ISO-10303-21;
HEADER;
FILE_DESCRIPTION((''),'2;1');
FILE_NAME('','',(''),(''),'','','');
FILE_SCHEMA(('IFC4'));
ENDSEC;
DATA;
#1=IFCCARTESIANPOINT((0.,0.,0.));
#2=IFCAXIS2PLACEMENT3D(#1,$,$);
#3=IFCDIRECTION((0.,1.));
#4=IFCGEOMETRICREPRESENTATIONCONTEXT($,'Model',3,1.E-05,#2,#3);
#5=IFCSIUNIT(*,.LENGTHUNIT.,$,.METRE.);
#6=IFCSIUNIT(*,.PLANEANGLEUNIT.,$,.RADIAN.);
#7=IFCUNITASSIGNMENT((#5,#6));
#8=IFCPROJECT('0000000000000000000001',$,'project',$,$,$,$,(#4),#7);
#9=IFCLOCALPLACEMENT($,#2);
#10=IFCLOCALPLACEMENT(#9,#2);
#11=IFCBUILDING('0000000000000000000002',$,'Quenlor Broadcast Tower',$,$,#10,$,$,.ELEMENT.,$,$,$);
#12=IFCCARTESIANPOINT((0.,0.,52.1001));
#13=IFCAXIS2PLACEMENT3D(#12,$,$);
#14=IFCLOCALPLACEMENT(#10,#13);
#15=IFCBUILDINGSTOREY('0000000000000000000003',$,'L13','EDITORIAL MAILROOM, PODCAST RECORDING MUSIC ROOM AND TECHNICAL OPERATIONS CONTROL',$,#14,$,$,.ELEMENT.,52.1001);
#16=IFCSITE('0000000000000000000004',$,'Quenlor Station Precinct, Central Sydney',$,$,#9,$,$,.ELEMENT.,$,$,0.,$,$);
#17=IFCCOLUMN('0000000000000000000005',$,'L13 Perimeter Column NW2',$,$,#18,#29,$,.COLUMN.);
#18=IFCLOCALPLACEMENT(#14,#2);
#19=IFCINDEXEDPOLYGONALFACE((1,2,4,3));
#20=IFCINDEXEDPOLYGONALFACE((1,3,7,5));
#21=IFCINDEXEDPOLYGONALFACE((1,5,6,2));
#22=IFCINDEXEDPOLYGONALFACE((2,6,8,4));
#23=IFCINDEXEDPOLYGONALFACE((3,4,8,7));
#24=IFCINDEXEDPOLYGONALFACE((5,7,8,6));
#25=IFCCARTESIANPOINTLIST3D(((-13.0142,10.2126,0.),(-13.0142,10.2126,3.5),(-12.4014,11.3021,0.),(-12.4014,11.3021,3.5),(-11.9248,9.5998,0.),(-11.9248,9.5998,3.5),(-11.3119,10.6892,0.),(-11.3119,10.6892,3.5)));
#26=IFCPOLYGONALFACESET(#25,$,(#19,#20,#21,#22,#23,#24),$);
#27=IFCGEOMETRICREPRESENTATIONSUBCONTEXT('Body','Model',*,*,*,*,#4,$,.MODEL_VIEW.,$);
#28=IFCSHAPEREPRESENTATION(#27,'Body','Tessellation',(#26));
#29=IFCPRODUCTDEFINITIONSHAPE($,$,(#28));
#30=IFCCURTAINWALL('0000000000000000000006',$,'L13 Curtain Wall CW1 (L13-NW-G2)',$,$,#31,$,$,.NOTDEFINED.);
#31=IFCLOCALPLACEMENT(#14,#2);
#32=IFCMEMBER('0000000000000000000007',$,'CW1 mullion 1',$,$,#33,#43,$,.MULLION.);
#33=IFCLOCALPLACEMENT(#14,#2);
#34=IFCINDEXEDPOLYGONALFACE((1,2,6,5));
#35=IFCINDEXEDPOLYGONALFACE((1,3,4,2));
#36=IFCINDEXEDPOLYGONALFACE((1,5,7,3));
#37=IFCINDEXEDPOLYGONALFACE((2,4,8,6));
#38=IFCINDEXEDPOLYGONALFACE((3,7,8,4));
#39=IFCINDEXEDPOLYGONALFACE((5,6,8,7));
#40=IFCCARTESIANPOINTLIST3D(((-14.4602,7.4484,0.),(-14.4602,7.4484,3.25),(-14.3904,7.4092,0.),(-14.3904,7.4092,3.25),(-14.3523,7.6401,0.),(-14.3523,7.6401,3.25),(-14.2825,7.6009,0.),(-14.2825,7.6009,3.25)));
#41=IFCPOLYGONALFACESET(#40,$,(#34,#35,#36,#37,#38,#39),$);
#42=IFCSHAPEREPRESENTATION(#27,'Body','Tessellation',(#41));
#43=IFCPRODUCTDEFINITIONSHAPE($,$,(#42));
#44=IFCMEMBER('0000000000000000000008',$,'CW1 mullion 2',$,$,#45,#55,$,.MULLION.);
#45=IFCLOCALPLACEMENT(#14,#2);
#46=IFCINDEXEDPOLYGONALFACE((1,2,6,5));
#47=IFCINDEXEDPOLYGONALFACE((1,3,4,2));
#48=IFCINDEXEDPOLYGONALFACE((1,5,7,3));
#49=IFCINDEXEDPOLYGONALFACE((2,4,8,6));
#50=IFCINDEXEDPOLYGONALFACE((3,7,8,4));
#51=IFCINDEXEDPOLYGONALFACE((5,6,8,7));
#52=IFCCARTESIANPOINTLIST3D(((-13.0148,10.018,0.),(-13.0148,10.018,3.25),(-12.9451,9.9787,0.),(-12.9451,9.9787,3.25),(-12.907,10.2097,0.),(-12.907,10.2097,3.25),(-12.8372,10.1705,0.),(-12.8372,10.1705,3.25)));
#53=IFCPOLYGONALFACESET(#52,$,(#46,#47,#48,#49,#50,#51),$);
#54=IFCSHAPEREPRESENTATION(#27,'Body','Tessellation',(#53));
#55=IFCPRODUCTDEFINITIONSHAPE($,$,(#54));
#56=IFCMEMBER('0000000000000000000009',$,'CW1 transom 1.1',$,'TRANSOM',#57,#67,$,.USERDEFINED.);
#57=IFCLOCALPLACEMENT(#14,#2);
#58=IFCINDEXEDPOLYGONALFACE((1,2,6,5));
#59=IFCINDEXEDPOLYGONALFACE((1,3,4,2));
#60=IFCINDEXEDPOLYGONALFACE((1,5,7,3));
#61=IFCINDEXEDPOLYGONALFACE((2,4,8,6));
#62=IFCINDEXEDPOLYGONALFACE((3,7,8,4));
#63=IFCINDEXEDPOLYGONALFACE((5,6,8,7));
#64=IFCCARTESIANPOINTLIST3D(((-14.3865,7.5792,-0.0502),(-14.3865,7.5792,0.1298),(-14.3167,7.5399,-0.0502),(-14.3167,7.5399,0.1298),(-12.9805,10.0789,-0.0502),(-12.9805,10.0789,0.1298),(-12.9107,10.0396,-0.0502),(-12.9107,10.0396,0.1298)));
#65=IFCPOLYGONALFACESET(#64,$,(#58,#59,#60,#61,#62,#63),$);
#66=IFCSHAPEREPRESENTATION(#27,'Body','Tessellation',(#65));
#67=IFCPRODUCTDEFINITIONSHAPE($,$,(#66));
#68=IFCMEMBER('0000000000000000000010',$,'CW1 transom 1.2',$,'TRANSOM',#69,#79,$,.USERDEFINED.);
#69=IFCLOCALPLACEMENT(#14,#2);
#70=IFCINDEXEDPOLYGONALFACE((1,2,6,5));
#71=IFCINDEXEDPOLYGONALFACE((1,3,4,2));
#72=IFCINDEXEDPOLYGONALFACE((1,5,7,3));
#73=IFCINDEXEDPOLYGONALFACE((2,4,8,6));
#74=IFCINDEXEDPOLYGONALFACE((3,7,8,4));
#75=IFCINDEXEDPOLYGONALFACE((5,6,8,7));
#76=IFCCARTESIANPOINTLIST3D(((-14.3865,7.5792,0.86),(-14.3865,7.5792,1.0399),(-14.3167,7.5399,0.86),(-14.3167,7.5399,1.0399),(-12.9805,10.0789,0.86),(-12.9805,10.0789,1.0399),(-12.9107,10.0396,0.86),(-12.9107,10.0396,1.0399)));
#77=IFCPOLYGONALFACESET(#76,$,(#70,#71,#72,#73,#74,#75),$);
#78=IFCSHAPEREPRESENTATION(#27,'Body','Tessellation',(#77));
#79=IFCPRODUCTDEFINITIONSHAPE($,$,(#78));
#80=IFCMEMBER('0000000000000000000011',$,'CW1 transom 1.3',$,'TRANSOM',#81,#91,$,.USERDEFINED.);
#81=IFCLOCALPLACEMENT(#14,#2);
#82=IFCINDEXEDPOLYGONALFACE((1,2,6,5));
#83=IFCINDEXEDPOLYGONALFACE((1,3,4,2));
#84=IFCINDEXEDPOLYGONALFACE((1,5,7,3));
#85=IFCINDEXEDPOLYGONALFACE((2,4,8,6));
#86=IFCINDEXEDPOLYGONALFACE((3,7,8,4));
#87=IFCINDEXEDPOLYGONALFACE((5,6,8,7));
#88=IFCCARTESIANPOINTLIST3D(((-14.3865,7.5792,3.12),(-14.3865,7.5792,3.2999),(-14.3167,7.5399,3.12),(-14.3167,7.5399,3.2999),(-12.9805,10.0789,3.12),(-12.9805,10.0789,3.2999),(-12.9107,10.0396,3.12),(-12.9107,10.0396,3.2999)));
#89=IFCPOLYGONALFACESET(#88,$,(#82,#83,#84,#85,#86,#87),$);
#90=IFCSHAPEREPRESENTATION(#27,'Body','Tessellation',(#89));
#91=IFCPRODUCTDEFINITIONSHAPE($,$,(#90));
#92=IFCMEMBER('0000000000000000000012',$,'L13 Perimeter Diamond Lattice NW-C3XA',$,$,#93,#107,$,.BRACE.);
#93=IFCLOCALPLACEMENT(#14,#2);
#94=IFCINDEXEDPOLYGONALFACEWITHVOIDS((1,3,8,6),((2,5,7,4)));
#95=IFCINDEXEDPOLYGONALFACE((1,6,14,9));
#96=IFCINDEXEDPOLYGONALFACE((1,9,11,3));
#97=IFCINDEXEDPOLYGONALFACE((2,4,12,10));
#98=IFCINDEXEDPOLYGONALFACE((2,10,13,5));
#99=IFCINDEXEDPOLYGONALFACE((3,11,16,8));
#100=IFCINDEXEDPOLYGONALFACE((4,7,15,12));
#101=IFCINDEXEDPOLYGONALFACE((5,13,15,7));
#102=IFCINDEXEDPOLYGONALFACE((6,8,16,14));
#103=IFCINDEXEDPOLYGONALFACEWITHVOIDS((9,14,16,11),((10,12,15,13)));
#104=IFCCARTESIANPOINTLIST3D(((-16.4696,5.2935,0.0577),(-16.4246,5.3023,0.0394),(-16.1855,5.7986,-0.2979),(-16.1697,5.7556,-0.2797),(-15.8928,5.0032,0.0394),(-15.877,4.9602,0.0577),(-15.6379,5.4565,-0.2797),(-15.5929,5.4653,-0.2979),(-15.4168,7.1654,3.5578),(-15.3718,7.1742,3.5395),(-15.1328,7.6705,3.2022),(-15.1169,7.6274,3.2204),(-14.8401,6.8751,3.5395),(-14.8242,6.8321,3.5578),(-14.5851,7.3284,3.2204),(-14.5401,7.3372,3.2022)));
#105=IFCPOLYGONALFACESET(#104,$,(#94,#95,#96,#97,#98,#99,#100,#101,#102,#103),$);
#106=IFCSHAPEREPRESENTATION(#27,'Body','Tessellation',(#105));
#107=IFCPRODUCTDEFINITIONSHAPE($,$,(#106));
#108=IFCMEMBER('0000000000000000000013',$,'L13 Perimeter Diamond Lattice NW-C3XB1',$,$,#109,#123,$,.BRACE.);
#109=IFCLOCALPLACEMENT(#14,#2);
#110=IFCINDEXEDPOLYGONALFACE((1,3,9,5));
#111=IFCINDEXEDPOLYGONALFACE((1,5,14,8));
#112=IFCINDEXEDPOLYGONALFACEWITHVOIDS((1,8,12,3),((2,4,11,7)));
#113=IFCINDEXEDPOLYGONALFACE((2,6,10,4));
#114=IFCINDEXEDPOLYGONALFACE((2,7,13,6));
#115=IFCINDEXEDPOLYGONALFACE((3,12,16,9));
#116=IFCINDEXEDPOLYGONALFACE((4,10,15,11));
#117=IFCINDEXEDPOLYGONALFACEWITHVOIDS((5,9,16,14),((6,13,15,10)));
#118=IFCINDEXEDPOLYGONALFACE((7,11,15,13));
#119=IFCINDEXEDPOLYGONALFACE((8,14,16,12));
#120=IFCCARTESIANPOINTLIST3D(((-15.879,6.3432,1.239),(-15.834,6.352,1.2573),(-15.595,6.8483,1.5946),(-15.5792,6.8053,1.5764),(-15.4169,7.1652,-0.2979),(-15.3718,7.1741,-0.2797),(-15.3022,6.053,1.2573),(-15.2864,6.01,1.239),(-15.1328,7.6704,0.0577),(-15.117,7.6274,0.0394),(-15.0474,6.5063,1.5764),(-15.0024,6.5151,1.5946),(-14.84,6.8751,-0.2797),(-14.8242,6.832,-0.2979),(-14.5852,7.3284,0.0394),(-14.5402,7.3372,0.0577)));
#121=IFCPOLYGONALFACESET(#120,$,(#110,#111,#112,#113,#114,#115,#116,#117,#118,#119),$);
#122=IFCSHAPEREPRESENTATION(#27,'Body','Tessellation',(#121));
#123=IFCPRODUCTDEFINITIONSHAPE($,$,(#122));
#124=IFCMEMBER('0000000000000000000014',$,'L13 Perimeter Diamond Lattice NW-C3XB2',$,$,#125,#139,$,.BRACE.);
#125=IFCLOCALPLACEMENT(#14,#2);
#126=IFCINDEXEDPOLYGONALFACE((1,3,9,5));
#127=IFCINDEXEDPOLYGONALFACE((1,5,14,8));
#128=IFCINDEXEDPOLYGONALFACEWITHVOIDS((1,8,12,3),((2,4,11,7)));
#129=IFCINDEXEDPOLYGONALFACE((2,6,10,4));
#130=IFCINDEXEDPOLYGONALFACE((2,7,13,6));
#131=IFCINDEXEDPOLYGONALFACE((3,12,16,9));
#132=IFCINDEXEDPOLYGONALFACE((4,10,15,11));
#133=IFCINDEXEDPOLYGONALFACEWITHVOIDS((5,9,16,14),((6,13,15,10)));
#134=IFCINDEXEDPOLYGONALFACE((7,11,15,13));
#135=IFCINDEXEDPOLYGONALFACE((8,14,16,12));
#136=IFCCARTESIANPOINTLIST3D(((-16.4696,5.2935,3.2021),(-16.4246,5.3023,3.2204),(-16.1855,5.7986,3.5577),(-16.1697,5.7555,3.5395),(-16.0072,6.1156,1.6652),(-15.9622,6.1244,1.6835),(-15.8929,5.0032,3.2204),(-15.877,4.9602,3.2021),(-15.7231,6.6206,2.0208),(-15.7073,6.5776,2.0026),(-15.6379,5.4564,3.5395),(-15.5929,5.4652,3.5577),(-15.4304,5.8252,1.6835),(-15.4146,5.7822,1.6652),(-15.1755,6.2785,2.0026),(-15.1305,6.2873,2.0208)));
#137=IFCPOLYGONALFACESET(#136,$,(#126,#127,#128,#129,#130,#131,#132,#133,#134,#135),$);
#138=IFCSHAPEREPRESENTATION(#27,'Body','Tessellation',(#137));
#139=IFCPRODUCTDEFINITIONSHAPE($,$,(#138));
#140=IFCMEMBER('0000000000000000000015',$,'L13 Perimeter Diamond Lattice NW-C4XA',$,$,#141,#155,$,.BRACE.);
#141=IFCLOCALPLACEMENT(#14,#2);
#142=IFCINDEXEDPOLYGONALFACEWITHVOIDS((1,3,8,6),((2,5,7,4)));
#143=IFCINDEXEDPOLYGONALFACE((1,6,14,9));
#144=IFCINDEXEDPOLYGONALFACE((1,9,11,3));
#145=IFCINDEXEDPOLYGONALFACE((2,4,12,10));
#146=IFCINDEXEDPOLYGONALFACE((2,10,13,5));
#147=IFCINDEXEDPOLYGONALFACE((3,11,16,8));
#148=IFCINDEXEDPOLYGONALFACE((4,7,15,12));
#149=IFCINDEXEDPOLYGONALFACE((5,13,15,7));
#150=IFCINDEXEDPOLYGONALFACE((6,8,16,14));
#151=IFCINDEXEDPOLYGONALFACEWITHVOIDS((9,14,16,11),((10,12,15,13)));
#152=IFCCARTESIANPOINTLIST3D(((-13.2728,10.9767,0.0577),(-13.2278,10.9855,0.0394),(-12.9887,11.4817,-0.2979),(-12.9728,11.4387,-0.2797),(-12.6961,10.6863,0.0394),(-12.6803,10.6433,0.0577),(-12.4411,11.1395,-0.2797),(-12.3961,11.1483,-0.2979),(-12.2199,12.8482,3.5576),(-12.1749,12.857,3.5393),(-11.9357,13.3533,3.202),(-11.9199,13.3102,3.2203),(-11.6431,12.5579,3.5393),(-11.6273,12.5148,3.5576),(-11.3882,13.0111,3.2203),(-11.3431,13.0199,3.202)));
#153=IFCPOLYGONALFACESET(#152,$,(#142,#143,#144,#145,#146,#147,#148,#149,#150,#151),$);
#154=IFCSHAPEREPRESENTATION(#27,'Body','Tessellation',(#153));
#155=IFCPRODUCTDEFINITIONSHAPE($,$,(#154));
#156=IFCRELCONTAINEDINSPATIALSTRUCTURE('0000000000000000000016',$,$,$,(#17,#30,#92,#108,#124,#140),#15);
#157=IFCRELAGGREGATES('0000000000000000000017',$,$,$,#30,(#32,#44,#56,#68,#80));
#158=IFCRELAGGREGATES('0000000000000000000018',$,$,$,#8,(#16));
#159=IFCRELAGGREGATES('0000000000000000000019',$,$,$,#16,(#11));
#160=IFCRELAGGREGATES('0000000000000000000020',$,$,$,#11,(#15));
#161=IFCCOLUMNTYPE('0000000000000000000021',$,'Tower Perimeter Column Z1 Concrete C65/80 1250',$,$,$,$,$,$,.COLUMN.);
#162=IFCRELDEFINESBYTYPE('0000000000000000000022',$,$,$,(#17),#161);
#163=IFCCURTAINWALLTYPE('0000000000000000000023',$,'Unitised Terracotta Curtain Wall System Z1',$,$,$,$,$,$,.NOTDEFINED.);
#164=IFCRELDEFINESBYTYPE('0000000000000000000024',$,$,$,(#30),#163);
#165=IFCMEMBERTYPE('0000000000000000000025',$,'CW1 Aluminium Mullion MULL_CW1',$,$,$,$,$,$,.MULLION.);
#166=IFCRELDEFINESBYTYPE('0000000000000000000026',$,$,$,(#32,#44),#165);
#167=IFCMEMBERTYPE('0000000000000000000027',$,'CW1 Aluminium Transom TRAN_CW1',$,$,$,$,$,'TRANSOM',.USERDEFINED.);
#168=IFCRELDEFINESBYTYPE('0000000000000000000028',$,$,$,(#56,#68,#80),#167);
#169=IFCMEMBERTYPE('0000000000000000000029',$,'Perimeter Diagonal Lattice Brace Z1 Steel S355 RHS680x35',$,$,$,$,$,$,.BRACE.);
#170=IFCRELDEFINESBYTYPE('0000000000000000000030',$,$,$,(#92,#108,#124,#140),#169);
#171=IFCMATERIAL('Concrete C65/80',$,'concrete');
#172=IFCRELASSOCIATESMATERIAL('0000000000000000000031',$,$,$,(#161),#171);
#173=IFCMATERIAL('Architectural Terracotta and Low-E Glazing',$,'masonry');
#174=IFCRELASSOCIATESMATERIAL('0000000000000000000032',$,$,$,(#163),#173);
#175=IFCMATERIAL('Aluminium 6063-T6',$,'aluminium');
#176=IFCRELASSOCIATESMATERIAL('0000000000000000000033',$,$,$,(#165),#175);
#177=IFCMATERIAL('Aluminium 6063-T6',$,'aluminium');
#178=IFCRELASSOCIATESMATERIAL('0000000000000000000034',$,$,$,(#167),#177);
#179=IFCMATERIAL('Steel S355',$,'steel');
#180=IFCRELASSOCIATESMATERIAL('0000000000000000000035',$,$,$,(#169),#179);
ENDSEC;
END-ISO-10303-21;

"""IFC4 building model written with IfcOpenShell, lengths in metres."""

from ifc_helpers import new_model, si_unit, direction, frame, origin, origin_2d, place, context, subcontext, project, spatial, rectangle, hollow_rectangle, extrude, material, material_profile, profile_set, type_object, element, aggregate, save


model = new_model("IFC4")

# Units and contexts
model_context = context("Model", 3, precision=1e-05, world=origin(), true_north=direction((0.0, 1.0)))
body_context = subcontext(model_context, "Body", "Model", "MODEL_VIEW")
ifc_project = project(units=[si_unit("LENGTHUNIT", "METRE"), si_unit("PLANEANGLEUNIT", "RADIAN")], contexts=[model_context])

# Site, building, storey
site_placement = place(None, origin())
site = spatial("IfcSite", under=ifc_project, at=site_placement, Name="Quenlor Station Precinct, Central Sydney", CompositionType="ELEMENT", RefElevation=0.0)
building_placement = place(site_placement, origin())
building = spatial("IfcBuilding", under=site, at=building_placement, Name="Quenlor Broadcast Tower", CompositionType="ELEMENT")
storey_placement = place(building_placement, frame((0.0, 0.0, 52.1001)))
storey = spatial("IfcBuildingStorey", under=building, at=storey_placement, Name="L13", Description="EDITORIAL MAILROOM, PODCAST RECORDING MUSIC ROOM AND TECHNICAL OPERATIONS CONTROL", CompositionType="ELEMENT", Elevation=52.1001)

# Column
ifc_material_1 = material(Name="Concrete C65/80", Category="concrete")
ifc_material_profile_1 = material_profile(ifc_material_1, rectangle(XDim=1.25, YDim=1.25, at=origin_2d()))
ifc_profile_set_1 = profile_set([ifc_material_profile_1], Name="Concrete C65/80 RC1250x1250")
column_type = type_object("IfcColumnType", Name="Tower Perimeter Column Z1 Concrete C65/80 1250", PredefinedType="COLUMN", material=ifc_profile_set_1)
column_placement = place(storey_placement, frame((-12.1631, 10.4509, 0.0), z_axis=(0.0, 0.0, 1.0), x_axis=(-0.871575, 0.490262, 0.0)))
element("IfcColumn", 1, at=column_placement, inside=storey, type_object=column_type, Name="L13 Perimeter Column NW2", PredefinedType="COLUMN", context=body_context, shape_type="SweptSolid", body=[
    extrude(rectangle(XDim=1.25, YDim=1.25, at=origin_2d()), origin(), (0.0, 0.0, 1.0), 3.5),
])

# Curtain wall, members
ifc_material_2 = material(Name="Architectural Terracotta and Low-E Glazing", Category="masonry")
curtain_wall_type = type_object("IfcCurtainWallType", Name="Unitised Terracotta Curtain Wall System Z1", PredefinedType="NOTDEFINED", material=ifc_material_2)
curtain_wall_placement = place(storey_placement, origin())
curtain_wall = element("IfcCurtainWall", 2, at=curtain_wall_placement, inside=storey, type_object=curtain_wall_type, Name="L13 Curtain Wall CW1 (L13-NW-G2)", PredefinedType="NOTDEFINED")
ifc_material_3 = material(Name="Aluminium 6063-T6", Category="aluminium")
ifc_material_profile_2 = material_profile(ifc_material_3, rectangle(XDim=0.0801, YDim=0.22, at=origin_2d()))
ifc_profile_set_2 = profile_set([ifc_material_profile_2], Name="Aluminium 6063-T6 MULL80x220")
member_type_1 = type_object("IfcMemberType", Name="CW1 Aluminium Mullion MULL_CW1", PredefinedType="MULLION", material=ifc_profile_set_2)
member_1_placement = place(storey_placement, frame((-14.3713, 7.5247, 0.0), z_axis=(0.0, 0.0, 1.0), x_axis=(-0.871568, 0.490274, 0.0)))
member_1 = element("IfcMember", 3, at=member_1_placement, type_object=member_type_1, Name="CW1 mullion 1", PredefinedType="MULLION", context=body_context, shape_type="SweptSolid", body=[
    extrude(rectangle(XDim=0.0801, YDim=0.22, at=origin_2d()), origin(), (0.0, 0.0, 1.0), 3.25),
])
member_2_placement = place(storey_placement, frame((-12.926, 10.0942, 0.0), z_axis=(0.0, 0.0, 1.0), x_axis=(-0.871568, 0.490274, 0.0)))
member_2 = element("IfcMember", 4, at=member_2_placement, type_object=member_type_1, Name="CW1 mullion 2", PredefinedType="MULLION", context=body_context, shape_type="SweptSolid", body=[
    extrude(rectangle(XDim=0.0801, YDim=0.22, at=origin_2d()), origin(), (0.0, 0.0, 1.0), 3.25),
])
ifc_material_4 = material(Name="Aluminium 6063-T6", Category="aluminium")
ifc_material_profile_3 = material_profile(ifc_material_4, rectangle(XDim=0.0801, YDim=0.1799, at=origin_2d()))
ifc_profile_set_3 = profile_set([ifc_material_profile_3], Name="Aluminium 6063-T6 TRAN80x180")
member_type_2 = type_object("IfcMemberType", Name="CW1 Aluminium Transom TRAN_CW1", ElementType="TRANSOM", PredefinedType="USERDEFINED", material=ifc_profile_set_3)
member_3_placement = place(storey_placement, frame((-14.3516, 7.5596, 0.0398), z_axis=(0.490233, 0.871591, 0.0), x_axis=(-0.871591, 0.490233, 0.0)))
member_3 = element("IfcMember", 5, at=member_3_placement, type_object=member_type_2, Name="CW1 transom 1.1", ObjectType="TRANSOM", PredefinedType="USERDEFINED", context=body_context, shape_type="SweptSolid", body=[
    extrude(rectangle(XDim=0.0801, YDim=0.1799, at=origin_2d()), origin(), (0.0, 0.0, 1.0), 2.8679),
])
member_4_placement = place(storey_placement, frame((-14.3516, 7.5596, 0.95), z_axis=(0.490233, 0.871591, 0.0), x_axis=(-0.871591, 0.490233, 0.0)))
member_4 = element("IfcMember", 6, at=member_4_placement, type_object=member_type_2, Name="CW1 transom 1.2", ObjectType="TRANSOM", PredefinedType="USERDEFINED", context=body_context, shape_type="SweptSolid", body=[
    extrude(rectangle(XDim=0.0801, YDim=0.1799, at=origin_2d()), origin(), (0.0, 0.0, 1.0), 2.8679),
])
member_5_placement = place(storey_placement, frame((-14.3516, 7.5596, 3.21), z_axis=(0.490233, 0.871591, 0.0), x_axis=(-0.871591, 0.490233, 0.0)))
member_5 = element("IfcMember", 7, at=member_5_placement, type_object=member_type_2, Name="CW1 transom 1.3", ObjectType="TRANSOM", PredefinedType="USERDEFINED", context=body_context, shape_type="SweptSolid", body=[
    extrude(rectangle(XDim=0.0801, YDim=0.1799, at=origin_2d()), origin(), (0.0, 0.0, 1.0), 2.8679),
])

# Members
ifc_material_5 = material(Name="Steel S355", Category="steel")
ifc_material_profile_4 = material_profile(ifc_material_5, hollow_rectangle(XDim=0.6799, YDim=0.6799, WallThickness=0.0349, at=origin_2d()))
ifc_profile_set_4 = profile_set([ifc_material_profile_4], Name="Steel S355 RHS680x680x35")
member_type_3 = type_object("IfcMemberType", Name="Perimeter Diagonal Lattice Brace Z1 Steel S355 RHS680x35", PredefinedType="BRACE", material=ifc_profile_set_4)
member_6_placement = place(storey_placement, frame((-16.0312, 5.3794, -0.1201), z_axis=(0.256368, 0.455839, 0.852342), x_axis=(-0.871609, 0.490202, 0.0)))
element("IfcMember", 8, at=member_6_placement, inside=storey, type_object=member_type_3, Name="L13 Perimeter Diamond Lattice NW-C3XA", PredefinedType="BRACE", context=body_context, shape_type="SweptSolid", body=[
    extrude(hollow_rectangle(XDim=0.6799, YDim=0.6799, WallThickness=0.0349, at=origin_2d()), origin(), (0.0, 0.0, 1.0), 4.1064),
])
for number, where, z_axis, x_axis, name in (
    (9, (-14.9785, 7.2512, -0.1201), (-0.256309, -0.455887, 0.852334), (0.871679, -0.490077, 0.0), "L13 Perimeter Diamond Lattice NW-C3XB1"),
    (10, (-15.5688, 6.2014, 1.843), (-0.256436, -0.455871, 0.852304), (0.871569, -0.490274, 0.0), "L13 Perimeter Diamond Lattice NW-C3XB2"),
):
    element("IfcMember", number, at=place(storey_placement, frame(where, z_axis=z_axis, x_axis=x_axis)), inside=storey, type_object=member_type_3, Name=name, PredefinedType="BRACE", context=body_context, shape_type="SweptSolid", body=[
        extrude(hollow_rectangle(XDim=0.6799, YDim=0.6799, WallThickness=0.0349, at=origin_2d()), origin(), (0.0, 0.0, 1.0), 1.8032),
    ])
member_7_placement = place(storey_placement, frame((-12.8345, 11.0625, -0.1201), z_axis=(0.256431, 0.455785, 0.852352), x_axis=(-0.871533, 0.490337, 0.0)))
element("IfcMember", 11, at=member_7_placement, inside=storey, type_object=member_type_3, Name="L13 Perimeter Diamond Lattice NW-C4XA", PredefinedType="BRACE", context=body_context, shape_type="SweptSolid", body=[
    extrude(hollow_rectangle(XDim=0.6799, YDim=0.6799, WallThickness=0.0349, at=origin_2d()), origin(), (0.0, 0.0, 1.0), 4.1062),
])

aggregate(curtain_wall, [member_1, member_2, member_3, member_4, member_5])

save(model, "model.ifc")
